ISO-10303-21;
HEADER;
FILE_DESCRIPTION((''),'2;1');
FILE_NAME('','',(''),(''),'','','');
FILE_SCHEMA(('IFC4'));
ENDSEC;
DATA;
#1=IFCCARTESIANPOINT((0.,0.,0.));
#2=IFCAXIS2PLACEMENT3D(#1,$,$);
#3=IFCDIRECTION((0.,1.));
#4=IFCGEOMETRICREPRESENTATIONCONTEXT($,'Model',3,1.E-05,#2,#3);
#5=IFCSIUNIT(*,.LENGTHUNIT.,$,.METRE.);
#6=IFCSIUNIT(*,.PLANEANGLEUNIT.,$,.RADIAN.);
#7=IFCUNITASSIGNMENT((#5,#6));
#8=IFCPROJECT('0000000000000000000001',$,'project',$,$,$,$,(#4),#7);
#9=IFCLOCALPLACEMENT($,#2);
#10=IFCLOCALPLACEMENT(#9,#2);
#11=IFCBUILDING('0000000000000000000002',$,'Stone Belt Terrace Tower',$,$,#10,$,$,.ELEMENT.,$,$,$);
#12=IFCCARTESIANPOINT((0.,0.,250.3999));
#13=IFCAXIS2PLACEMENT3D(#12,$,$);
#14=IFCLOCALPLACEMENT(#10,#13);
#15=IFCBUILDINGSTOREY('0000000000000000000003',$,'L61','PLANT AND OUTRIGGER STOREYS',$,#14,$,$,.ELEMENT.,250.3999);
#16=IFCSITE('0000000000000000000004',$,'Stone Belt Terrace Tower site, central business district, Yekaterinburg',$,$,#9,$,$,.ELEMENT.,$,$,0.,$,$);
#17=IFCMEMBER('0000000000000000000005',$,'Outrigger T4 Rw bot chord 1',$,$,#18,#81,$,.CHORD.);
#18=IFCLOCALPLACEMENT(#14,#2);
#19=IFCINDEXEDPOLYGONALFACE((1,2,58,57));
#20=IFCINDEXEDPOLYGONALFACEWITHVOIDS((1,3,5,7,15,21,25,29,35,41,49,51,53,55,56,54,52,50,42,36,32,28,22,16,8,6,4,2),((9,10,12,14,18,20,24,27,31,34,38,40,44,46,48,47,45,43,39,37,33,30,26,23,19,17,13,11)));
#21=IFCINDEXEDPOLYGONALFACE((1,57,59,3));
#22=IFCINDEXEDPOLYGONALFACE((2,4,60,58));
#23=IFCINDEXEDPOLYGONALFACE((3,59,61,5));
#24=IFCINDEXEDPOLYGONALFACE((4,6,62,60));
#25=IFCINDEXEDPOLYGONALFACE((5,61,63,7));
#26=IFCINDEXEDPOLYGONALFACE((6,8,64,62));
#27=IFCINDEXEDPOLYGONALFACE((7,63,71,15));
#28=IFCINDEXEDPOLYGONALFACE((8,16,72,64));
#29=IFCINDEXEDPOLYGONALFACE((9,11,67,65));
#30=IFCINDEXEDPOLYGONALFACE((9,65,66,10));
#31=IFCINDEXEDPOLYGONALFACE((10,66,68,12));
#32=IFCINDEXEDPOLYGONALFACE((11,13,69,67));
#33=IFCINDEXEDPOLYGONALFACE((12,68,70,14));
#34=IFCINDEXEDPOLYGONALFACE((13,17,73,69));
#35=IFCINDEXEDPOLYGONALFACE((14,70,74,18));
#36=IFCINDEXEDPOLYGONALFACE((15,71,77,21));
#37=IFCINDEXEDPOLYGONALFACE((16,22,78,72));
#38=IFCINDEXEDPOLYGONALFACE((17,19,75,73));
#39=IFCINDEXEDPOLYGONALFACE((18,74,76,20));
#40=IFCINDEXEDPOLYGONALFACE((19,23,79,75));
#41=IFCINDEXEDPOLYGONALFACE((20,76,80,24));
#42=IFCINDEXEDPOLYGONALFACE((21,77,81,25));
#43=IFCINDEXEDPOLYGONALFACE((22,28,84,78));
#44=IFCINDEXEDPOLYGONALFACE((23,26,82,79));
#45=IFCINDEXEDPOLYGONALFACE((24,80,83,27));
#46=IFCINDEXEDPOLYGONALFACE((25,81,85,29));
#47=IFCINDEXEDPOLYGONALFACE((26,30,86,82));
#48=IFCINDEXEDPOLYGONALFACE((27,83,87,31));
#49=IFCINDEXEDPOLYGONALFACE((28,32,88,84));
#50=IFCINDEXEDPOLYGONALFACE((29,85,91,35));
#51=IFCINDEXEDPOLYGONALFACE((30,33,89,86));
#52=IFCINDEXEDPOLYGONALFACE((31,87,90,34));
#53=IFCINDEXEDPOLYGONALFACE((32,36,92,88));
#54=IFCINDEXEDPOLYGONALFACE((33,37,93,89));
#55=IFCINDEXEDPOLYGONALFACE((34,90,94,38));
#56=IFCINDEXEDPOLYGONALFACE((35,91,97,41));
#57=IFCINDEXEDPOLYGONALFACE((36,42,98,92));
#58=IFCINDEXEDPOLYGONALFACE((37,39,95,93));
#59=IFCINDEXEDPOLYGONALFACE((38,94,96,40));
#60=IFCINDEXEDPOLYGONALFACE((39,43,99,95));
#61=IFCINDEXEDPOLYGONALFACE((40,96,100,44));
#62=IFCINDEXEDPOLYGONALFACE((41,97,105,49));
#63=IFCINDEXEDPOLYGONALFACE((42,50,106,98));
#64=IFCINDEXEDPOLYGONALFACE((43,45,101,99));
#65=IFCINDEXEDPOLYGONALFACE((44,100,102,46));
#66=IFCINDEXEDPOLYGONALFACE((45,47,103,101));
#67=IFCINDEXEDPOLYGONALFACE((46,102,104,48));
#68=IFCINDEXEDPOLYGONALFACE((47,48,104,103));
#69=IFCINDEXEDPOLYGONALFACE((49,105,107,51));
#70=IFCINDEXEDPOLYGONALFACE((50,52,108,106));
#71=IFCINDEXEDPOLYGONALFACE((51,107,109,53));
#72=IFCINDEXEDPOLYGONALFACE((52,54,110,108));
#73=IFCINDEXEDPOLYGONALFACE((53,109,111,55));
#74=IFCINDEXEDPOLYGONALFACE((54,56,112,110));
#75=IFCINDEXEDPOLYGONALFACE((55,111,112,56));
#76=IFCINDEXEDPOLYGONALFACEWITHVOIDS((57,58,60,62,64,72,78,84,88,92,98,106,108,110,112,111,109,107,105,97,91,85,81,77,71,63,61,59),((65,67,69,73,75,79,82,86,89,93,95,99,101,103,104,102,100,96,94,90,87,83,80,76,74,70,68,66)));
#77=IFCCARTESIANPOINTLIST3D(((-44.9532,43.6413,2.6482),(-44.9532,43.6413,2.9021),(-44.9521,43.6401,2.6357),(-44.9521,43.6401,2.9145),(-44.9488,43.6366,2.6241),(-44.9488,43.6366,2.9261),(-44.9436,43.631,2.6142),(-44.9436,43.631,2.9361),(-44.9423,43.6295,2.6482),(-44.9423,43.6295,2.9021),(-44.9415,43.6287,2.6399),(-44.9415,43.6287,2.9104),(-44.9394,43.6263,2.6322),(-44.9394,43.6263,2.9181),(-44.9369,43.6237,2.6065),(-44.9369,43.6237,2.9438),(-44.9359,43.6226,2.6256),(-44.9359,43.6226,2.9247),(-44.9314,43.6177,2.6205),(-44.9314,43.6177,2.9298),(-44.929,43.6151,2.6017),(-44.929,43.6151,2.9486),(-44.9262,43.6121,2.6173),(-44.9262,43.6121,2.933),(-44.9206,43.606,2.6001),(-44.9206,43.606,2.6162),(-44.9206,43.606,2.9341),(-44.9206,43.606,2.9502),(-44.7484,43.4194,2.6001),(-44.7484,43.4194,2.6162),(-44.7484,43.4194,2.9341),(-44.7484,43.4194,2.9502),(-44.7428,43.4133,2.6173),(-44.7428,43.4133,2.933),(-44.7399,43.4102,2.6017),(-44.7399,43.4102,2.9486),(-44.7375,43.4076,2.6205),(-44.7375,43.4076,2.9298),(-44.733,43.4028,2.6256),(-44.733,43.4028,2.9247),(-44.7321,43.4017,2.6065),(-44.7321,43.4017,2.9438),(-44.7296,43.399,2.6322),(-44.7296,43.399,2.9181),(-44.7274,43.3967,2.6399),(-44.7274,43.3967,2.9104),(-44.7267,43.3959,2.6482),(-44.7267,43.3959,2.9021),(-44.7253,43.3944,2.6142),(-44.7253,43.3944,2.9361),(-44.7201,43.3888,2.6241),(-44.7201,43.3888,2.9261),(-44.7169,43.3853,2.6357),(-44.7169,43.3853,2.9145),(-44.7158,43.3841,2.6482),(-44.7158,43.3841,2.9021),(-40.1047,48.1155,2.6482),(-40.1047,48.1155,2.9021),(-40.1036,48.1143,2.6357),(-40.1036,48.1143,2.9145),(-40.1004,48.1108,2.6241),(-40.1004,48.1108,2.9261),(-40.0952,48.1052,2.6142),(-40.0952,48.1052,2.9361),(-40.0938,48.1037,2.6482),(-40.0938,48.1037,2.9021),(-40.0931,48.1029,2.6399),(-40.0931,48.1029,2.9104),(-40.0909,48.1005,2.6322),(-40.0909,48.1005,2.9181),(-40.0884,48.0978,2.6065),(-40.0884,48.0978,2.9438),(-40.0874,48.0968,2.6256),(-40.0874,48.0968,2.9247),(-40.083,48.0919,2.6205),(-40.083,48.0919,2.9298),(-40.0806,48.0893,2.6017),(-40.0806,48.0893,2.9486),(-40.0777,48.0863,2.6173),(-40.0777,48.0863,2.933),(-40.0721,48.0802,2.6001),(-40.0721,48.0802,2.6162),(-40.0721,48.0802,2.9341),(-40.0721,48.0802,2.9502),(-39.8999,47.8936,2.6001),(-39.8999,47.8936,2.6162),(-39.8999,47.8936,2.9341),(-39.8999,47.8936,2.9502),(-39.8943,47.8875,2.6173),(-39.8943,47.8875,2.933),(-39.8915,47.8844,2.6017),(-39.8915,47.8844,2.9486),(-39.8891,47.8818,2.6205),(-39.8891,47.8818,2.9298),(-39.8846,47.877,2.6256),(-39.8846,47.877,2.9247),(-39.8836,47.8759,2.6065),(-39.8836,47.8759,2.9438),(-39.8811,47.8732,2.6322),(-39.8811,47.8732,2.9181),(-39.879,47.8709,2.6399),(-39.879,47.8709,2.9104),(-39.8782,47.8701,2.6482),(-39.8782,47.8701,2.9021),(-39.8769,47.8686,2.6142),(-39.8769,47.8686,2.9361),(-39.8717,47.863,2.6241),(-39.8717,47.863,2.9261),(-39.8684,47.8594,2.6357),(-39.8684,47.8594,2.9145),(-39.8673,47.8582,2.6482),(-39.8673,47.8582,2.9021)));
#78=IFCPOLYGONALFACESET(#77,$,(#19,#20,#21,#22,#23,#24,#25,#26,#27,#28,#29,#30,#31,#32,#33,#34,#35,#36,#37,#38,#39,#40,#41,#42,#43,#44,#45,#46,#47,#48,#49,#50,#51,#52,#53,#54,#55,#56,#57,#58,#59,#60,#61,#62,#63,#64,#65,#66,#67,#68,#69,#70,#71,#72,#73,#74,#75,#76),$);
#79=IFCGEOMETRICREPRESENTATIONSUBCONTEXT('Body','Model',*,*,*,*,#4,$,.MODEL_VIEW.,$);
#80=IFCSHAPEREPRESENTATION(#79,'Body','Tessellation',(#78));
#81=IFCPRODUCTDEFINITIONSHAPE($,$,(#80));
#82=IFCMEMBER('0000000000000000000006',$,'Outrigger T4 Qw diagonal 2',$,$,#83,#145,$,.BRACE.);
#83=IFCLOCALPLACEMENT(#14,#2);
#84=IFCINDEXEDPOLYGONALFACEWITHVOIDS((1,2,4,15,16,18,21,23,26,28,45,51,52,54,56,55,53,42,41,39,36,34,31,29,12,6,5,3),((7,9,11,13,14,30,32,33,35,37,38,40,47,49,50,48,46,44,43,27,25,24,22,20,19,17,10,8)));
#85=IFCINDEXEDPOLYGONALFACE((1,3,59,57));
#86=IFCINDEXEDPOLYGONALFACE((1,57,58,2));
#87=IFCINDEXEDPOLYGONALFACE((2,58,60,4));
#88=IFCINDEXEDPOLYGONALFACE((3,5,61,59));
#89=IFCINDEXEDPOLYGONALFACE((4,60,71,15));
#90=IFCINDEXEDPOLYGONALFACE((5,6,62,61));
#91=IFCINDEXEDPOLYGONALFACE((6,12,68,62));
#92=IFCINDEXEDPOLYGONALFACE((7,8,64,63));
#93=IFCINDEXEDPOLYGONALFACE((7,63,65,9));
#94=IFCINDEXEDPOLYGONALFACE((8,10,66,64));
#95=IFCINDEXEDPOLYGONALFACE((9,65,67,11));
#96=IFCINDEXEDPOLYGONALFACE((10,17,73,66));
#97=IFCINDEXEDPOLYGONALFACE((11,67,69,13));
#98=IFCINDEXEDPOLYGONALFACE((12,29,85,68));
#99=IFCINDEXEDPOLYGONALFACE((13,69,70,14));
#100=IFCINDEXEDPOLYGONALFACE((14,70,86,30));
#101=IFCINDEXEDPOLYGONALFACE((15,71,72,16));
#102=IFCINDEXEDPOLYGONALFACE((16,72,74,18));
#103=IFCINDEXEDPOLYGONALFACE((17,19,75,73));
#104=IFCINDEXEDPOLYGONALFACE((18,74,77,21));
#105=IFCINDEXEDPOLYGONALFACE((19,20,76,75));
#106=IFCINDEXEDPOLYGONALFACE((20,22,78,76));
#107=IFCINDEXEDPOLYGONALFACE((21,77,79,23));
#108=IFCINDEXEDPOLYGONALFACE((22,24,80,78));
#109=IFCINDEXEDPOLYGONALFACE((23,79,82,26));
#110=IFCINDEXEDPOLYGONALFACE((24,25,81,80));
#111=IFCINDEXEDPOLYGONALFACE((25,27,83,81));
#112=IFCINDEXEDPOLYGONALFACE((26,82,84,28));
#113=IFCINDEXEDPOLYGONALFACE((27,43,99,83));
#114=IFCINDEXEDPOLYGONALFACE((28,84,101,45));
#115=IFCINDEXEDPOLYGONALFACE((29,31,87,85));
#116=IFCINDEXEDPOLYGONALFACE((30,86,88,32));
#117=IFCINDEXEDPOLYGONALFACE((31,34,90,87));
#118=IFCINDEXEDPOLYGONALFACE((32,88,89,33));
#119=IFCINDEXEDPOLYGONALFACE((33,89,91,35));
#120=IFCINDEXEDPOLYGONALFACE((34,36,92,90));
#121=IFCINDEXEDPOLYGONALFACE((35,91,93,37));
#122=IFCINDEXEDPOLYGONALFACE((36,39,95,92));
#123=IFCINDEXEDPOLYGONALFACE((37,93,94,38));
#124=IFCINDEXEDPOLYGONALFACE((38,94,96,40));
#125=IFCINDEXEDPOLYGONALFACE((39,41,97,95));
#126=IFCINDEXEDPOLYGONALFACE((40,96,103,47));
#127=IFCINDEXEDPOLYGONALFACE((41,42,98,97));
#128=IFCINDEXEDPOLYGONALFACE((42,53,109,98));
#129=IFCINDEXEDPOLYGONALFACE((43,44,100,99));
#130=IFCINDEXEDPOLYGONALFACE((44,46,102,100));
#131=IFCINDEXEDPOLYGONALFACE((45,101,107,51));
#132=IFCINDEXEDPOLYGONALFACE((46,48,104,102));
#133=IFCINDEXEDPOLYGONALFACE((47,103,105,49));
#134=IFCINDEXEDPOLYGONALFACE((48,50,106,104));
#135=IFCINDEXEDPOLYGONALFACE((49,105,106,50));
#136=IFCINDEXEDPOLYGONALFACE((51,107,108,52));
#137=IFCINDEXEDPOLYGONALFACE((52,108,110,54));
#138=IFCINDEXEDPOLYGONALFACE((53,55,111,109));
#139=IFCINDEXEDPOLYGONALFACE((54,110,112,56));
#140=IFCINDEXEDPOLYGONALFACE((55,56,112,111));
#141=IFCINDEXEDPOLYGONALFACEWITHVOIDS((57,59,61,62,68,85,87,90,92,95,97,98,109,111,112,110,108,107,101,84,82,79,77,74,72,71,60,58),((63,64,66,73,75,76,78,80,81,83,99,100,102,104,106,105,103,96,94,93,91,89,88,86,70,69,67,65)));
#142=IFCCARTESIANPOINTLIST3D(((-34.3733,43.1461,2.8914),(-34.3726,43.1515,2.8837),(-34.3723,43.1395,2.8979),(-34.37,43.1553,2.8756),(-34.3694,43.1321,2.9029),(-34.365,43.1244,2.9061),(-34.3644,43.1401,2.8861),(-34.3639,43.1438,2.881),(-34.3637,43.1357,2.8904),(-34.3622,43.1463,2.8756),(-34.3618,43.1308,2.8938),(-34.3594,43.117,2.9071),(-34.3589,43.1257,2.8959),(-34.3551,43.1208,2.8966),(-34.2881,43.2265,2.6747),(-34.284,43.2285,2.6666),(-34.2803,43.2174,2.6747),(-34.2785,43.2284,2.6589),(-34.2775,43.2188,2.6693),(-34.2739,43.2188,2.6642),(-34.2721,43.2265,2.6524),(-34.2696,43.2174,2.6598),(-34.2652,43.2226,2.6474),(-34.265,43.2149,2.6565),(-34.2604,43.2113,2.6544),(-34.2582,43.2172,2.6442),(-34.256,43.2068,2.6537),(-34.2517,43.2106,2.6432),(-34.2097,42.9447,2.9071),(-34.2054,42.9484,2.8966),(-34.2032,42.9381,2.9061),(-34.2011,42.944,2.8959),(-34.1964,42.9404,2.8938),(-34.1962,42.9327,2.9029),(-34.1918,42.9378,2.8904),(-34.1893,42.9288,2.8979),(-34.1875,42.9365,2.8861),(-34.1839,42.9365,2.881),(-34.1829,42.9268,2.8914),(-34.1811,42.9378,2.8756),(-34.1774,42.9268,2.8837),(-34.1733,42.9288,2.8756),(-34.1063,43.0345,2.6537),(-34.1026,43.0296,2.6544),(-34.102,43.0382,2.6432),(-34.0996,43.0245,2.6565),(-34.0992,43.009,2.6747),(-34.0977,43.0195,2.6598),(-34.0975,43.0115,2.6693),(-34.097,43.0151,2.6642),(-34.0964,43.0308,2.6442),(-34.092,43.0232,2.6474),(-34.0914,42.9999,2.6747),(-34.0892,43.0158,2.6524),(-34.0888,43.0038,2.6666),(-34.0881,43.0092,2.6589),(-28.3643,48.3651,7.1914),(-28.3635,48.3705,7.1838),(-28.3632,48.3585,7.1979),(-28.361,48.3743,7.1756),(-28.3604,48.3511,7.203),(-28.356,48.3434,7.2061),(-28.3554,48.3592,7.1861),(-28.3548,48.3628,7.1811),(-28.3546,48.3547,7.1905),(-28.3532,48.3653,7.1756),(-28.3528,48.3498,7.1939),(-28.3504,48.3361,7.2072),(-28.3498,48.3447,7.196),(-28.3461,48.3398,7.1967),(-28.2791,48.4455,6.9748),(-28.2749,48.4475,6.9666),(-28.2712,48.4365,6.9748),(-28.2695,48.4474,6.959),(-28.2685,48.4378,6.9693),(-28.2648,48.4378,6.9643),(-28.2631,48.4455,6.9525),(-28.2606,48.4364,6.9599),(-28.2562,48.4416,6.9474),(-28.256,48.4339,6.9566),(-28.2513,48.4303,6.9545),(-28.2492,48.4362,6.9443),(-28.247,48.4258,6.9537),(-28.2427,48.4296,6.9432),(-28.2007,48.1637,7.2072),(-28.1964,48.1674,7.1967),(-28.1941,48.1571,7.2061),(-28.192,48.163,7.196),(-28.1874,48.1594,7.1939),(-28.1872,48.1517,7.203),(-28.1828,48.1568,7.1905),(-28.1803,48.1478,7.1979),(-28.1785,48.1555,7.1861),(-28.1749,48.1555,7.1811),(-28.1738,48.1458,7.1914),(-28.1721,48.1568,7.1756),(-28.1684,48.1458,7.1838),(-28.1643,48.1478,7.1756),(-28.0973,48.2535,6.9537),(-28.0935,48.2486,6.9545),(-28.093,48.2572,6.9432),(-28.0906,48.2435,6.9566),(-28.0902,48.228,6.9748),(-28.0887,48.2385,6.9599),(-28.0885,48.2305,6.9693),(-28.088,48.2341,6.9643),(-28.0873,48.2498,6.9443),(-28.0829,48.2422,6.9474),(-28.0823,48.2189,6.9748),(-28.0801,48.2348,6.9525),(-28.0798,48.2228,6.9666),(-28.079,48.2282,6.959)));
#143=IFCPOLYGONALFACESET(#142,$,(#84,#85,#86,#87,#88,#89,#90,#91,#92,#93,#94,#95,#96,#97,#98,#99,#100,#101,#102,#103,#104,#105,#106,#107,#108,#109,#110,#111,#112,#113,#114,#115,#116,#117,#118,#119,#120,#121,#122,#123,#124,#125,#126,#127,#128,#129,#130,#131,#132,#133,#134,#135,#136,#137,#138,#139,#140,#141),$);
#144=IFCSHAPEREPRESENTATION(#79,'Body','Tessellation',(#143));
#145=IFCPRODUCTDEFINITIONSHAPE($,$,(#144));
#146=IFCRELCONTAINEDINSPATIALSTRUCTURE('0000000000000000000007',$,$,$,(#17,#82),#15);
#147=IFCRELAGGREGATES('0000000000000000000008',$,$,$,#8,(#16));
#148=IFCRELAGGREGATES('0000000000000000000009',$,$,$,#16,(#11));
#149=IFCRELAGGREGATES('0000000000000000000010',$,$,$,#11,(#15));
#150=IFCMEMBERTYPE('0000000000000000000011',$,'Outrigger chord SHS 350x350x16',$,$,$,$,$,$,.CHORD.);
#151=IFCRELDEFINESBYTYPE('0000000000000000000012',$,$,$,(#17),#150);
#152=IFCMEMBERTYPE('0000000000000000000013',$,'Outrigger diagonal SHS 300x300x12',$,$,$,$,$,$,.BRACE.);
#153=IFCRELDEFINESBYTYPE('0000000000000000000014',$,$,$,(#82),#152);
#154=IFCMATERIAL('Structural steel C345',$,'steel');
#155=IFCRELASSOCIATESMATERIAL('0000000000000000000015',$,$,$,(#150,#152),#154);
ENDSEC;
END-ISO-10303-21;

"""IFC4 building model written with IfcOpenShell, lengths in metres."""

from ifc_helpers import new_model, si_unit, direction, frame, origin, origin_2d, place, context, subcontext, project, spatial, hollow_rectangle, extrude, material, material_profile, profile_set, type_object, element, save


model = new_model("IFC4")

# Units and contexts
model_context = context("Model", 3, precision=1e-05, world=origin(), true_north=direction((0.0, 1.0)))
body_context = subcontext(model_context, "Body", "Model", "MODEL_VIEW")
ifc_project = project(units=[si_unit("LENGTHUNIT", "METRE"), si_unit("PLANEANGLEUNIT", "RADIAN")], contexts=[model_context])

# Site, building, storey
site_placement = place(None, origin())
site = spatial("IfcSite", under=ifc_project, at=site_placement, Name="Stone Belt Terrace Tower site, central business district, Yekaterinburg", CompositionType="ELEMENT", RefElevation=0.0)
building_placement = place(site_placement, origin())
building = spatial("IfcBuilding", under=site, at=building_placement, Name="Stone Belt Terrace Tower", CompositionType="ELEMENT")
storey_placement = place(building_placement, frame((0.0, 0.0, 250.3999)))
storey = spatial("IfcBuildingStorey", under=building, at=storey_placement, Name="L61", Description="PLANT AND OUTRIGGER STOREYS", CompositionType="ELEMENT", Elevation=250.3999)

# Members
ifc_material_1 = material(Name="Structural steel C345", Category="steel")
ifc_material_profile_1 = material_profile(ifc_material_1, hollow_rectangle(XDim=0.3501, YDim=0.3501, WallThickness=0.0161, InnerFilletRadius=0.032, OuterFilletRadius=0.0481, at=origin_2d()), Name="SHS 350x350x16")
ifc_profile_set_1 = profile_set([ifc_material_profile_1], Name="Structural steel C345")
member_type_1 = type_object("IfcMemberType", Name="Outrigger chord SHS 350x350x16", PredefinedType="CHORD", material=ifc_profile_set_1)
for number, where, z_axis, x_axis, name in (
    (1, (-44.8345, 43.5127, 2.7751), (0.734903, 0.678173, 0.0), (-0.678173, 0.734903, 0.0), "Outrigger T4 Rw bot chord 1"),
):
    element("IfcMember", number, at=place(storey_placement, frame(where, z_axis=z_axis, x_axis=x_axis)), inside=storey, type_object=member_type_1, Name=name, PredefinedType="CHORD", context=body_context, shape_type="SweptSolid", body=[
        extrude(hollow_rectangle(XDim=0.3501, YDim=0.3501, WallThickness=0.0161, InnerFilletRadius=0.032, OuterFilletRadius=0.0481, at=origin_2d()), origin(), (0.0, 0.0, 1.0), 6.5974),
    ])
ifc_material_profile_2 = material_profile(ifc_material_1, hollow_rectangle(XDim=0.3, YDim=0.3, WallThickness=0.012, InnerFilletRadius=0.0239, OuterFilletRadius=0.0359, at=origin_2d()), Name="SHS 300x300x12")
ifc_profile_set_2 = profile_set([ifc_material_profile_2], Name="Structural steel C345")
member_type_2 = type_object("IfcMemberType", Name="Outrigger diagonal SHS 300x300x12", PredefinedType="BRACE", material=ifc_profile_set_2)
member_1_placement = place(storey_placement, frame((-34.2307, 43.0776, 2.7751), z_axis=(0.664248, 0.576916, 0.475334), x_axis=(-0.655731, 0.754994, 0.0)))
element("IfcMember", 2, at=member_1_placement, inside=storey, type_object=member_type_2, Name="Outrigger T4 Qw diagonal 2", PredefinedType="BRACE", context=body_context, shape_type="SweptSolid", body=[
    extrude(hollow_rectangle(XDim=0.3, YDim=0.3, WallThickness=0.012, InnerFilletRadius=0.0239, OuterFilletRadius=0.0359, at=origin_2d()), origin(), (0.0, 0.0, 1.0), 9.0464),
])

save(model, "model.ifc")
